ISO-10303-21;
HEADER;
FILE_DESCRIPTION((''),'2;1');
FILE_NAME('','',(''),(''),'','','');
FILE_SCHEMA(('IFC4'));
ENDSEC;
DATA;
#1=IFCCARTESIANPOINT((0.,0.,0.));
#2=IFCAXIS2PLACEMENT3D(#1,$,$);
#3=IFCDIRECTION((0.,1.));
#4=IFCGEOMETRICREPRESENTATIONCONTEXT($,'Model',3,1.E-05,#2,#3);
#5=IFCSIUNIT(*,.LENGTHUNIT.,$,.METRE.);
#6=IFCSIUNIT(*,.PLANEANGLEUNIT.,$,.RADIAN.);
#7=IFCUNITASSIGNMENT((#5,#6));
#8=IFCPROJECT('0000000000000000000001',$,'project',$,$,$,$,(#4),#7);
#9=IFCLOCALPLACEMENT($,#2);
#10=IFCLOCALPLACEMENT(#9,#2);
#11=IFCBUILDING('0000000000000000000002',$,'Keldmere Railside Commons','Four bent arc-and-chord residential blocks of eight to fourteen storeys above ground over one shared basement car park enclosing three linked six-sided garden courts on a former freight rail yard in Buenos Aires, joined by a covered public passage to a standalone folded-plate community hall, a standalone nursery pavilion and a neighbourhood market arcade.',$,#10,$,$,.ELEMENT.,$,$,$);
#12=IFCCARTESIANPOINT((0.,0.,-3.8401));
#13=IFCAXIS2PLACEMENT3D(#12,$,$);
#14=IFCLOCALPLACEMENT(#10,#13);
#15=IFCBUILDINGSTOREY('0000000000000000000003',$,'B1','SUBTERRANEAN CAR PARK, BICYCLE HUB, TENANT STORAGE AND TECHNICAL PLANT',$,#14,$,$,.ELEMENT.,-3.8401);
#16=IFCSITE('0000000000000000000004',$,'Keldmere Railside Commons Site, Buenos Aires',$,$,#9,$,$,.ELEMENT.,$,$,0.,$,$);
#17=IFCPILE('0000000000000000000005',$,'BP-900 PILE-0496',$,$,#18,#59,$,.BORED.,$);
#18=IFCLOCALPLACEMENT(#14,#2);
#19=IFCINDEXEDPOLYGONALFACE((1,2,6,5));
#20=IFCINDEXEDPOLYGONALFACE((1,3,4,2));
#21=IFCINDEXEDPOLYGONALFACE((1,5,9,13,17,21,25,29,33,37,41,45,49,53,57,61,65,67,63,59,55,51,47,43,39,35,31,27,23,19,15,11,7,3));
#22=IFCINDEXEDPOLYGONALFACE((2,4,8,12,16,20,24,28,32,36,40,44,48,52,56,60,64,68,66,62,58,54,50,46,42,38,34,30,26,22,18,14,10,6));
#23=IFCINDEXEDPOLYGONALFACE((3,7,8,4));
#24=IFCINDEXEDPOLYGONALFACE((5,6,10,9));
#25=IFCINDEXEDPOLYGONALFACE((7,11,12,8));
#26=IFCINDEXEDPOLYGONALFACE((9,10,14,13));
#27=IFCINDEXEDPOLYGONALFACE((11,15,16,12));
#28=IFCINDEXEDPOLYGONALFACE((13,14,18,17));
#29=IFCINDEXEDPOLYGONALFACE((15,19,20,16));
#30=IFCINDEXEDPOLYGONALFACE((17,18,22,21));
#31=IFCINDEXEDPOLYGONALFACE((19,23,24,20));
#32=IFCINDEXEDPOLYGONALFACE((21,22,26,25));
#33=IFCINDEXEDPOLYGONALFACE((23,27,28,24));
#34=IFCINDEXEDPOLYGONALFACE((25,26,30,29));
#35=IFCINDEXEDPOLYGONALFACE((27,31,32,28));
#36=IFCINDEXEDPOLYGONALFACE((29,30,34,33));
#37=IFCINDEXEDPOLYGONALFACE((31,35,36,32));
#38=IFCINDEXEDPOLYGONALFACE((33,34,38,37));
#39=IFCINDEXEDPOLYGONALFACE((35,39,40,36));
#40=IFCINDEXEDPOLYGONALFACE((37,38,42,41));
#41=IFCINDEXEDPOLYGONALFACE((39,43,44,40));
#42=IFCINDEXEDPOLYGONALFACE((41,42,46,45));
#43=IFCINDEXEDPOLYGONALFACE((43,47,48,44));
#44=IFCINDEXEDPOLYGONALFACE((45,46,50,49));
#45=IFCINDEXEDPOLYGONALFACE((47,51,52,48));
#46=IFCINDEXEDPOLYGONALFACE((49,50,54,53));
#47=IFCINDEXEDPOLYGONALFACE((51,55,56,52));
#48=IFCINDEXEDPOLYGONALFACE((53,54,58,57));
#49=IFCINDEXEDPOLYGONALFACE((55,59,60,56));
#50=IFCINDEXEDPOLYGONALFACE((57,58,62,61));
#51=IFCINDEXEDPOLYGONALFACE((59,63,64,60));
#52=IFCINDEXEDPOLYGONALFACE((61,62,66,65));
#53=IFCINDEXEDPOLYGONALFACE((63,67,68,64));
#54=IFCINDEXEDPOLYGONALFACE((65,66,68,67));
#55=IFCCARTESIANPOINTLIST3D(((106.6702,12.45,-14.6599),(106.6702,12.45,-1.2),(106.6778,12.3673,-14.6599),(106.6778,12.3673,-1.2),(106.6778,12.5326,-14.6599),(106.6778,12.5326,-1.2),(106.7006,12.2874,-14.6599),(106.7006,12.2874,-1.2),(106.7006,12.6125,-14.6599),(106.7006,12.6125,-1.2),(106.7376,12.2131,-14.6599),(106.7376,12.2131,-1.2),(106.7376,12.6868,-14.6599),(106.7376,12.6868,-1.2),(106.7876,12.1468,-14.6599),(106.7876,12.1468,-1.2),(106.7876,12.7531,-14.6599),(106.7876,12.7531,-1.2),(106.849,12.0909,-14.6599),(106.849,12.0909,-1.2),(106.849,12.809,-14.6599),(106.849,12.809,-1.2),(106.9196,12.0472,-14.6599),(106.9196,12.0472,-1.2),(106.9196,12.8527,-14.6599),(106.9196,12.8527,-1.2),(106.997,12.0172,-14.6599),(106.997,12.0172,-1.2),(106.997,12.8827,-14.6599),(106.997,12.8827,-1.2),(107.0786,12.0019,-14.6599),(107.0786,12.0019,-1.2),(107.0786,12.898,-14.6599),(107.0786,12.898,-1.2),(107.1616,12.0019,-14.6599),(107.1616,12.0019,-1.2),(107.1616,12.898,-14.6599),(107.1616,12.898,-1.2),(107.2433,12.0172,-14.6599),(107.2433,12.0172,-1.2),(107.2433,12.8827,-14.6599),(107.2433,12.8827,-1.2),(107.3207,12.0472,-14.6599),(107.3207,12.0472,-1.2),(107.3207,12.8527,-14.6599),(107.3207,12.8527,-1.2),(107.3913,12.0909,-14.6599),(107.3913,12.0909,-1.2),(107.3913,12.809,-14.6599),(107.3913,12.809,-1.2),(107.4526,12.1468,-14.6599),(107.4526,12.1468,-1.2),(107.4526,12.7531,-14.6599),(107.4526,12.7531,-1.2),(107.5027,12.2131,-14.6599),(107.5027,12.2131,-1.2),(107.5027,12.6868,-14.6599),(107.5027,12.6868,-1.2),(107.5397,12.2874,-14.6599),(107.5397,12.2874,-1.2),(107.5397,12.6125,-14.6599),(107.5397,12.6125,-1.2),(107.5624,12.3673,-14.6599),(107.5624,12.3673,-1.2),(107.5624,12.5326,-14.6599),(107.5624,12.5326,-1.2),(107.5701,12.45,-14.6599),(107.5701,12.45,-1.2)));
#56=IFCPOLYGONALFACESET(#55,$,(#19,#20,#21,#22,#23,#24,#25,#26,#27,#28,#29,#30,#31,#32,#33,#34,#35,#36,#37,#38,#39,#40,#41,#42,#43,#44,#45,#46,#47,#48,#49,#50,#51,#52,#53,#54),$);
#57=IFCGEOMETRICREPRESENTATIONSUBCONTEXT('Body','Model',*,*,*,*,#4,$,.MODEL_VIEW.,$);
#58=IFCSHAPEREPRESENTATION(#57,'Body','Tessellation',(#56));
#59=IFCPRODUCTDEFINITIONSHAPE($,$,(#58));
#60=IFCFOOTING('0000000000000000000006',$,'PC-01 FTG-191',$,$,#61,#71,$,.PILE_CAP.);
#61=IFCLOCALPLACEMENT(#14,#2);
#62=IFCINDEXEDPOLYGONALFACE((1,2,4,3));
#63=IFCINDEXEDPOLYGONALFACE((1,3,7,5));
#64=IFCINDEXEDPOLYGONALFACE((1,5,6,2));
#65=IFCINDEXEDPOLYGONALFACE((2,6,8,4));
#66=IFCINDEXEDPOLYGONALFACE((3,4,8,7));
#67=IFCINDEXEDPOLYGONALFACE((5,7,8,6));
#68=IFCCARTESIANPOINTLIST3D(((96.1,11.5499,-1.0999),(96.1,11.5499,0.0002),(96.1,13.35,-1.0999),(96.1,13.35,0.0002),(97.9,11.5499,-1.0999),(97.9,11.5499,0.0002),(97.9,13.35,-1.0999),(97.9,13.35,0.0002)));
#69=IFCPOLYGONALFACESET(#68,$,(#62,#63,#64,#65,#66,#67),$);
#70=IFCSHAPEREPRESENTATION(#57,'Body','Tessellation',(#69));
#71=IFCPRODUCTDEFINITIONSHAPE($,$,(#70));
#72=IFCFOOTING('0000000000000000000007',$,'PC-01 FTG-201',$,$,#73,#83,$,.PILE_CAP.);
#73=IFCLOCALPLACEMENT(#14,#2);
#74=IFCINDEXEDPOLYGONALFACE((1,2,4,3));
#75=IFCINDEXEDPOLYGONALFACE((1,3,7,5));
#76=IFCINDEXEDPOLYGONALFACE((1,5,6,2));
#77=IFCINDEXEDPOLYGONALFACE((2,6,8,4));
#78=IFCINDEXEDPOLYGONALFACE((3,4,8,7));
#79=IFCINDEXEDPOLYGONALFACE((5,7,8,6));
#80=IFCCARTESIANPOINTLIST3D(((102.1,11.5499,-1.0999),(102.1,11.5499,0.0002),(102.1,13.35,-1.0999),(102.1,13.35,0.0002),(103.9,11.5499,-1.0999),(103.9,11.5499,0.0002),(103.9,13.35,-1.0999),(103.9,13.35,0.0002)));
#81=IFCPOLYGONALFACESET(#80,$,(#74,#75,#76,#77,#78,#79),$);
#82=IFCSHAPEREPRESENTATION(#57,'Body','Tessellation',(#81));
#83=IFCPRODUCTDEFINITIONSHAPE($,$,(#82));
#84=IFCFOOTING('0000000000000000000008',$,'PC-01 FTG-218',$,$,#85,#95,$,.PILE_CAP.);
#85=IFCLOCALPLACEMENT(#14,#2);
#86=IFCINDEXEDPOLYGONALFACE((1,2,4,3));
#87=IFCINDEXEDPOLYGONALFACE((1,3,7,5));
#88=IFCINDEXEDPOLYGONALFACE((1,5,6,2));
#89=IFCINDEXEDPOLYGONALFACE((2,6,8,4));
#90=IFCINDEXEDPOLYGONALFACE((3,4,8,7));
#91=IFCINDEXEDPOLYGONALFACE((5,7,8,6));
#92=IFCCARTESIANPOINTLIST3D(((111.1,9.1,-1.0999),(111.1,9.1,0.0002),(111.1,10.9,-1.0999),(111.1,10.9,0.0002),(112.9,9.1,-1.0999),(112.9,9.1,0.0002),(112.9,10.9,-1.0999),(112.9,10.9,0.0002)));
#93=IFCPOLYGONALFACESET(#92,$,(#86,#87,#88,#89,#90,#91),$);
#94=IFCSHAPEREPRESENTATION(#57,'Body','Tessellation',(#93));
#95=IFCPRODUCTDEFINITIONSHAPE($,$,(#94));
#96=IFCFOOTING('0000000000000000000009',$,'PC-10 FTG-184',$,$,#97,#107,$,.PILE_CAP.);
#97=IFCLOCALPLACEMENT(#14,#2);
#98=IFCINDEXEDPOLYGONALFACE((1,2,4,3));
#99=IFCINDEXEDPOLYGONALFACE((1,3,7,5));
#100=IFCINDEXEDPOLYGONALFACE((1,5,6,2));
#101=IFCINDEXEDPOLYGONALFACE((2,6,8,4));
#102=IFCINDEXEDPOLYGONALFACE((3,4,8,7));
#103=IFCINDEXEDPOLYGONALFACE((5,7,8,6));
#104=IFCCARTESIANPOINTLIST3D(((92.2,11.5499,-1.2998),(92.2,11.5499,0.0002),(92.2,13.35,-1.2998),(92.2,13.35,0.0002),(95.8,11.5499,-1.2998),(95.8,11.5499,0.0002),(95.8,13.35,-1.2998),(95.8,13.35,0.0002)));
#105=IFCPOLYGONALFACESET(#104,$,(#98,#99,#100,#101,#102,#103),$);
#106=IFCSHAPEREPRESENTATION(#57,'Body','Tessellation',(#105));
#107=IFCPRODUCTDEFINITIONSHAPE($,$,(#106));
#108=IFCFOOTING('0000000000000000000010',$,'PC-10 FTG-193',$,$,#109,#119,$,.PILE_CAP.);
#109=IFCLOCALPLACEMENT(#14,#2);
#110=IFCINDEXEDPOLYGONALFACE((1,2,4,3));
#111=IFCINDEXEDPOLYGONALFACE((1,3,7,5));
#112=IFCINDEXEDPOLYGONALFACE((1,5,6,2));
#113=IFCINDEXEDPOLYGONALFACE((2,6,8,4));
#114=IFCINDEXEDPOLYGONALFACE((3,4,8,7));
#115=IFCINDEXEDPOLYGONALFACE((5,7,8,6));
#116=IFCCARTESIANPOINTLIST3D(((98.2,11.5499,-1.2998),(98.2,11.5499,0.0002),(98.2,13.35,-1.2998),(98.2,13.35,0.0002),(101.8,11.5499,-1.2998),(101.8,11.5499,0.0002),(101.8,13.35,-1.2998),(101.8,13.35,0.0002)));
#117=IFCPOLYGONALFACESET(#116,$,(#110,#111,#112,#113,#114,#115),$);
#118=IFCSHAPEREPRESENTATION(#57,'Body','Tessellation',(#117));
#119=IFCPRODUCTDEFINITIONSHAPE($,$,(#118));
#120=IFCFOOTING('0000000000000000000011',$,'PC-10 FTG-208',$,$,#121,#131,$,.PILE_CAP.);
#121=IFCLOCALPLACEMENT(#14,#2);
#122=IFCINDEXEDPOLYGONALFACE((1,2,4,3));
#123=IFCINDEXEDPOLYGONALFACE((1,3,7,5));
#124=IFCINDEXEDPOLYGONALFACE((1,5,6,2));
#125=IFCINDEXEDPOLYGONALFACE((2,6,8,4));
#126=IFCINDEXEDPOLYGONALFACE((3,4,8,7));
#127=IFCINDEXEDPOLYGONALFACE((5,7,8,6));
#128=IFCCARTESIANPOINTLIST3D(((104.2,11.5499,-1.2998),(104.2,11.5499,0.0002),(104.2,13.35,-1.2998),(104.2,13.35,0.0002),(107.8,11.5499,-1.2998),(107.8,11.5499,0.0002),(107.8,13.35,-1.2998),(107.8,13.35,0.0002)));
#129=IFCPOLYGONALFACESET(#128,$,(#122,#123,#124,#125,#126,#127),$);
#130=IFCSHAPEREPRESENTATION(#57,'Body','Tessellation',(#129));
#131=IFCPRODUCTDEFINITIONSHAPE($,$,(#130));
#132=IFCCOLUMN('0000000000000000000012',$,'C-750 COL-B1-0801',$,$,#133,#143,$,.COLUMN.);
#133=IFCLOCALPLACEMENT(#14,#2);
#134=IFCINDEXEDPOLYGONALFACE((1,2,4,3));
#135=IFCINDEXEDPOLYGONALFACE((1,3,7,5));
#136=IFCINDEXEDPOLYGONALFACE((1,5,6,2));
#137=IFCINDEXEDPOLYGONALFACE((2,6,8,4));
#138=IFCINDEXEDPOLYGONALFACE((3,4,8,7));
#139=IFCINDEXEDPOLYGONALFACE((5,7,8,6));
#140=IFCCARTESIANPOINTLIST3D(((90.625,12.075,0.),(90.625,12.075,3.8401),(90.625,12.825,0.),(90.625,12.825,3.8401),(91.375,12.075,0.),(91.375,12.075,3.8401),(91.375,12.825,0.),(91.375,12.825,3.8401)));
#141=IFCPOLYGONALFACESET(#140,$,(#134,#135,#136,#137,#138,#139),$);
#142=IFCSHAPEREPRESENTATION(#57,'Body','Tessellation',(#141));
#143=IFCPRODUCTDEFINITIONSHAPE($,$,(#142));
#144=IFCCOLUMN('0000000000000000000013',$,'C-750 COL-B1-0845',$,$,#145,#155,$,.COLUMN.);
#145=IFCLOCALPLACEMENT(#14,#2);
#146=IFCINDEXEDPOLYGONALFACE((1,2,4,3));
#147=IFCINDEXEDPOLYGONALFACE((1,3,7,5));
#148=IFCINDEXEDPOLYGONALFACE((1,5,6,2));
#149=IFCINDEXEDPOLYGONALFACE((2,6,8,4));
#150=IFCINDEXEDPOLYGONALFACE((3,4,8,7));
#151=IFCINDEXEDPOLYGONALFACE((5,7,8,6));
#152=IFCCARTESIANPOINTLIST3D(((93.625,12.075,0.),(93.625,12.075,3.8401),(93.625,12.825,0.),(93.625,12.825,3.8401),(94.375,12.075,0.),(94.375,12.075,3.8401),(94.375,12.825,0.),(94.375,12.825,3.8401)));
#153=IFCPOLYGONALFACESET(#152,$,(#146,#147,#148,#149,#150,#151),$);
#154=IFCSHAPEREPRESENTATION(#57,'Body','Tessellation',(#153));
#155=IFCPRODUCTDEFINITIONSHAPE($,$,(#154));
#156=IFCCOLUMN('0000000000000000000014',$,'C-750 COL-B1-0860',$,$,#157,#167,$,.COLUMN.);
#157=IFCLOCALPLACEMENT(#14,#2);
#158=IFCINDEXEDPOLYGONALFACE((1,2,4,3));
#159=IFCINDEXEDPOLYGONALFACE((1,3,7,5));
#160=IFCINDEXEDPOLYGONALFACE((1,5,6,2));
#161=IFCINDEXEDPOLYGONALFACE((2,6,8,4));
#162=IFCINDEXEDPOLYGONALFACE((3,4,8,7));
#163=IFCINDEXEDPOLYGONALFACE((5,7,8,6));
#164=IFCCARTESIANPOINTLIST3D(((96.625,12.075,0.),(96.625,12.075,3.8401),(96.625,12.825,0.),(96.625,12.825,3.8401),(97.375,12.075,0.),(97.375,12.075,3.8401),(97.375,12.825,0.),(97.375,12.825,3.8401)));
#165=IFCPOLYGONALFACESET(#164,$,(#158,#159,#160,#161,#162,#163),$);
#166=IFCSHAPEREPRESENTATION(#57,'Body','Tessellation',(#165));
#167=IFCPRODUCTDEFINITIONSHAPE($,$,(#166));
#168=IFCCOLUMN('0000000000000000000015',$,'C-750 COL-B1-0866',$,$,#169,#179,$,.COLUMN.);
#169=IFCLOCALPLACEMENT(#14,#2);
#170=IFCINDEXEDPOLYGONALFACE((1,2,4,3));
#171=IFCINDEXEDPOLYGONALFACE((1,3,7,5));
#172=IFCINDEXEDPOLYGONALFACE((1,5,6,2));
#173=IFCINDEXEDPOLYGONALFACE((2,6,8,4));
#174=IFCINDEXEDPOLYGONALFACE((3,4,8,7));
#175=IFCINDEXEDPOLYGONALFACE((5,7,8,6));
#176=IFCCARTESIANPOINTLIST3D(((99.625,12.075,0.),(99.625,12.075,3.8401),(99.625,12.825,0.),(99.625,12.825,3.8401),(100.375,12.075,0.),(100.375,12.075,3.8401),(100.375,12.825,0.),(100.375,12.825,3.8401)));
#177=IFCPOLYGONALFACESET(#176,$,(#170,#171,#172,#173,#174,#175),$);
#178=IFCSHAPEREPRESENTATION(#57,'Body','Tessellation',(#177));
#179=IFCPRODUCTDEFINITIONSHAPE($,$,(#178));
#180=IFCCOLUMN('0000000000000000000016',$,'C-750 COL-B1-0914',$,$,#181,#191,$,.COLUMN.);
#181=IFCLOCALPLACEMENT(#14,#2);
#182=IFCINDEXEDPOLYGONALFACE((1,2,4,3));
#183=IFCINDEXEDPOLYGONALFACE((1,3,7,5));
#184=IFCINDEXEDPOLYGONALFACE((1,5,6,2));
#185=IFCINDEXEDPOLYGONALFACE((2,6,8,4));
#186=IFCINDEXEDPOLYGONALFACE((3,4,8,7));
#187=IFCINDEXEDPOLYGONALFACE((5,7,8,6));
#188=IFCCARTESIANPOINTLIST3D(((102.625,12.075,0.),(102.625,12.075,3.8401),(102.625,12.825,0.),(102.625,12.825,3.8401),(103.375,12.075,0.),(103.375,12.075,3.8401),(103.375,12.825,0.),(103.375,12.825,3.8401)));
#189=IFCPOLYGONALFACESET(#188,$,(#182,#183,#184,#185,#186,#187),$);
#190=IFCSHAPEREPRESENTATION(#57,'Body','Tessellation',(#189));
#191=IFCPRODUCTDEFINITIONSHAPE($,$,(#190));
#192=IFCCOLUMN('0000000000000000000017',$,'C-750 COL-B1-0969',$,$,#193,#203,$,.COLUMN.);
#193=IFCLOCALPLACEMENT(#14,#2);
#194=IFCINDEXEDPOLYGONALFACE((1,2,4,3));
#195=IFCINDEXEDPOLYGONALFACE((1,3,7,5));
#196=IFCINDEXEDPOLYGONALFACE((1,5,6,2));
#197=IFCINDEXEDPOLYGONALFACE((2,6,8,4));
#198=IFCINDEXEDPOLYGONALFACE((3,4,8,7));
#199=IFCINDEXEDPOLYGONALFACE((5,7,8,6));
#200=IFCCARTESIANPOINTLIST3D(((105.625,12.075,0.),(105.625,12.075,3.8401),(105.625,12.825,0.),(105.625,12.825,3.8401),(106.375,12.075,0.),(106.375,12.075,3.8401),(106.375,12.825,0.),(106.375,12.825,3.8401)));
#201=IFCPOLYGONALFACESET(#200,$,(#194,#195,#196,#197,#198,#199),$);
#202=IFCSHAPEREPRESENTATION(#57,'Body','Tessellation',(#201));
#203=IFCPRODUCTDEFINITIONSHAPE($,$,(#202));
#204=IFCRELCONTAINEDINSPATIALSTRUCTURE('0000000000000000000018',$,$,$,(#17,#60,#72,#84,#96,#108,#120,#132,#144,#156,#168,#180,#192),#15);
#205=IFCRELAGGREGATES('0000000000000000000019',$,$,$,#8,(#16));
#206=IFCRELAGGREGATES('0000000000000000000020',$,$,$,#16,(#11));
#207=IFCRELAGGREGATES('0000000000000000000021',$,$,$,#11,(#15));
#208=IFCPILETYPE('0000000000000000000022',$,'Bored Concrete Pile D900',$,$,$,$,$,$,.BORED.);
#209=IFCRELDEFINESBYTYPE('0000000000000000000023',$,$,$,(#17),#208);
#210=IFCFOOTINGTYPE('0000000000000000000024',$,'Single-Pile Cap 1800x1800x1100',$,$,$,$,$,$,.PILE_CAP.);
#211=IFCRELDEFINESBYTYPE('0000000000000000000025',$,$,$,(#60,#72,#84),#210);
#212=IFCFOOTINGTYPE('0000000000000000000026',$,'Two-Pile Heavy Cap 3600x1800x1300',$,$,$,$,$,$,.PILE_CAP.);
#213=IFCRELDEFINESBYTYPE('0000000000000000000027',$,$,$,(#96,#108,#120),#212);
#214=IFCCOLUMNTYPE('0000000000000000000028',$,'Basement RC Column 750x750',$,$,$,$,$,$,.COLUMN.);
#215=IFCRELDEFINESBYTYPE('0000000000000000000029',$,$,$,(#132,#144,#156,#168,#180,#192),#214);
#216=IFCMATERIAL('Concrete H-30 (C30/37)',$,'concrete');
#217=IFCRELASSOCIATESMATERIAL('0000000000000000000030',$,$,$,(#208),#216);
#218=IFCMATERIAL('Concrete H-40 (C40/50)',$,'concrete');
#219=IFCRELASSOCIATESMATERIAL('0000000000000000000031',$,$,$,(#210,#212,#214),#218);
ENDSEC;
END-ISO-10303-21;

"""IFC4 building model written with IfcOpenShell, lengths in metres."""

from ifc_helpers import new_model, si_unit, direction, frame, origin, origin_2d, place, context, subcontext, project, spatial, rectangle, circle, extrude, material, material_profile, profile_set, type_object, element, save


model = new_model("IFC4")

# Units and contexts
model_context = context("Model", 3, precision=1e-05, world=origin(), true_north=direction((0.0, 1.0)))
body_context = subcontext(model_context, "Body", "Model", "MODEL_VIEW")
ifc_project = project(units=[si_unit("LENGTHUNIT", "METRE"), si_unit("PLANEANGLEUNIT", "RADIAN")], contexts=[model_context])

# Site, building, storey
site_placement = place(None, origin())
site = spatial("IfcSite", under=ifc_project, at=site_placement, Name="Keldmere Railside Commons Site, Buenos Aires", CompositionType="ELEMENT", RefElevation=0.0)
building_placement = place(site_placement, origin())
building = spatial("IfcBuilding", under=site, at=building_placement, Name="Keldmere Railside Commons", Description="Four bent arc-and-chord residential blocks of eight to fourteen storeys above ground over one shared basement car park enclosing three linked six-sided garden courts on a former freight rail yard in Buenos Aires, joined by a covered public passage to a standalone folded-plate community hall, a standalone nursery pavilion and a neighbourhood market arcade.", CompositionType="ELEMENT")
storey_placement = place(building_placement, frame((0.0, 0.0, -3.8401)))
storey = spatial("IfcBuildingStorey", under=building, at=storey_placement, Name="B1", Description="SUBTERRANEAN CAR PARK, BICYCLE HUB, TENANT STORAGE AND TECHNICAL PLANT", CompositionType="ELEMENT", Elevation=-3.8401)

# Pile
ifc_material_1 = material(Name="Concrete H-30 (C30/37)", Category="concrete")
ifc_material_profile_1 = material_profile(ifc_material_1, circle(Radius=0.45, at=origin_2d()), Name="PILE-D900")
ifc_profile_set_1 = profile_set([ifc_material_profile_1], Name="Concrete H-30 (C30/37)")
pile_type_1 = type_object("IfcPileType", Name="Bored Concrete Pile D900", PredefinedType="BORED", material=ifc_profile_set_1)
for number, where, z_axis, x_axis, name in (
    (1, (107.1201, 12.45, -1.2), (0.0, 0.0, -1.0), (1.0, 0.0, 0.0), "BP-900 PILE-0496"),
):
    element("IfcPile", number, at=place(storey_placement, frame(where, z_axis=z_axis, x_axis=x_axis)), inside=storey, type_object=pile_type_1, Name=name, PredefinedType="BORED", context=body_context, shape_type="SweptSolid", body=[
        extrude(circle(Radius=0.45, at=origin_2d()), origin(), (0.0, 0.0, 1.0), 13.46),
    ])

# Footings
ifc_material_2 = material(Name="Concrete H-40 (C40/50)", Category="concrete")
footing_type_1 = type_object("IfcFootingType", Name="Single-Pile Cap 1800x1800x1100", PredefinedType="PILE_CAP", material=ifc_material_2)
for number, where, z_axis, x_axis, name in (
    (2, (97.0, 12.45, -1.0999), (0.0, 0.0, 1.0), (1.0, 0.0, 0.0), "PC-01 FTG-191"),
    (3, (103.0, 12.45, -1.0999), (0.0, 0.0, 1.0), (1.0, 0.0, 0.0), "PC-01 FTG-201"),
    (4, (112.0, 10.0, -1.0999), (0.0, 0.0, 1.0), (1.0, 0.0, 0.0), "PC-01 FTG-218"),
):
    element("IfcFooting", number, at=place(storey_placement, frame(where, z_axis=z_axis, x_axis=x_axis)), inside=storey, type_object=footing_type_1, Name=name, PredefinedType="PILE_CAP", context=body_context, shape_type="SweptSolid", body=[
        extrude(rectangle(XDim=1.8, YDim=1.8, at=origin_2d()), origin(), (0.0, 0.0, 1.0), 1.1001),
    ])
footing_type_2 = type_object("IfcFootingType", Name="Two-Pile Heavy Cap 3600x1800x1300", PredefinedType="PILE_CAP", material=ifc_material_2)
for number, where, z_axis, x_axis, name in (
    (5, (94.0, 12.45, -1.2998), (0.0, 0.0, 1.0), (1.0, 0.0, 0.0), "PC-10 FTG-184"),
    (6, (100.0, 12.45, -1.2998), (0.0, 0.0, 1.0), (1.0, 0.0, 0.0), "PC-10 FTG-193"),
    (7, (106.0, 12.45, -1.2998), (0.0, 0.0, 1.0), (1.0, 0.0, 0.0), "PC-10 FTG-208"),
):
    element("IfcFooting", number, at=place(storey_placement, frame(where, z_axis=z_axis, x_axis=x_axis)), inside=storey, type_object=footing_type_2, Name=name, PredefinedType="PILE_CAP", context=body_context, shape_type="SweptSolid", body=[
        extrude(rectangle(XDim=3.6001, YDim=1.8, at=origin_2d()), origin(), (0.0, 0.0, 1.0), 1.3),
    ])

# Columns
ifc_material_profile_2 = material_profile(ifc_material_2, rectangle(XDim=0.75, YDim=0.75, at=origin_2d()), Name="RC-750x750")
ifc_profile_set_2 = profile_set([ifc_material_profile_2], Name="Concrete H-40 (C40/50)")
column_type = type_object("IfcColumnType", Name="Basement RC Column 750x750", PredefinedType="COLUMN", material=ifc_profile_set_2)
for number, where, z_axis, x_axis, name in (
    (8, (91.0, 12.45, 0.0), (0.0, 0.0, 1.0), (1.0, 0.0, 0.0), "C-750 COL-B1-0801"),
    (9, (94.0, 12.45, 0.0), (0.0, 0.0, 1.0), (1.0, 0.0, 0.0), "C-750 COL-B1-0845"),
    (10, (97.0, 12.45, 0.0), (0.0, 0.0, 1.0), (1.0, 0.0, 0.0), "C-750 COL-B1-0860"),
    (11, (100.0, 12.45, 0.0), (0.0, 0.0, 1.0), (1.0, 0.0, 0.0), "C-750 COL-B1-0866"),
    (12, (103.0, 12.45, 0.0), (0.0, 0.0, 1.0), (1.0, 0.0, 0.0), "C-750 COL-B1-0914"),
    (13, (106.0, 12.45, 0.0), (0.0, 0.0, 1.0), (1.0, 0.0, 0.0), "C-750 COL-B1-0969"),
):
    element("IfcColumn", number, at=place(storey_placement, frame(where, z_axis=z_axis, x_axis=x_axis)), inside=storey, type_object=column_type, Name=name, PredefinedType="COLUMN", context=body_context, shape_type="SweptSolid", body=[
        extrude(rectangle(XDim=0.75, YDim=0.75, at=origin_2d()), origin(), (0.0, 0.0, 1.0), 3.8401),
    ])

save(model, "model.ifc")
